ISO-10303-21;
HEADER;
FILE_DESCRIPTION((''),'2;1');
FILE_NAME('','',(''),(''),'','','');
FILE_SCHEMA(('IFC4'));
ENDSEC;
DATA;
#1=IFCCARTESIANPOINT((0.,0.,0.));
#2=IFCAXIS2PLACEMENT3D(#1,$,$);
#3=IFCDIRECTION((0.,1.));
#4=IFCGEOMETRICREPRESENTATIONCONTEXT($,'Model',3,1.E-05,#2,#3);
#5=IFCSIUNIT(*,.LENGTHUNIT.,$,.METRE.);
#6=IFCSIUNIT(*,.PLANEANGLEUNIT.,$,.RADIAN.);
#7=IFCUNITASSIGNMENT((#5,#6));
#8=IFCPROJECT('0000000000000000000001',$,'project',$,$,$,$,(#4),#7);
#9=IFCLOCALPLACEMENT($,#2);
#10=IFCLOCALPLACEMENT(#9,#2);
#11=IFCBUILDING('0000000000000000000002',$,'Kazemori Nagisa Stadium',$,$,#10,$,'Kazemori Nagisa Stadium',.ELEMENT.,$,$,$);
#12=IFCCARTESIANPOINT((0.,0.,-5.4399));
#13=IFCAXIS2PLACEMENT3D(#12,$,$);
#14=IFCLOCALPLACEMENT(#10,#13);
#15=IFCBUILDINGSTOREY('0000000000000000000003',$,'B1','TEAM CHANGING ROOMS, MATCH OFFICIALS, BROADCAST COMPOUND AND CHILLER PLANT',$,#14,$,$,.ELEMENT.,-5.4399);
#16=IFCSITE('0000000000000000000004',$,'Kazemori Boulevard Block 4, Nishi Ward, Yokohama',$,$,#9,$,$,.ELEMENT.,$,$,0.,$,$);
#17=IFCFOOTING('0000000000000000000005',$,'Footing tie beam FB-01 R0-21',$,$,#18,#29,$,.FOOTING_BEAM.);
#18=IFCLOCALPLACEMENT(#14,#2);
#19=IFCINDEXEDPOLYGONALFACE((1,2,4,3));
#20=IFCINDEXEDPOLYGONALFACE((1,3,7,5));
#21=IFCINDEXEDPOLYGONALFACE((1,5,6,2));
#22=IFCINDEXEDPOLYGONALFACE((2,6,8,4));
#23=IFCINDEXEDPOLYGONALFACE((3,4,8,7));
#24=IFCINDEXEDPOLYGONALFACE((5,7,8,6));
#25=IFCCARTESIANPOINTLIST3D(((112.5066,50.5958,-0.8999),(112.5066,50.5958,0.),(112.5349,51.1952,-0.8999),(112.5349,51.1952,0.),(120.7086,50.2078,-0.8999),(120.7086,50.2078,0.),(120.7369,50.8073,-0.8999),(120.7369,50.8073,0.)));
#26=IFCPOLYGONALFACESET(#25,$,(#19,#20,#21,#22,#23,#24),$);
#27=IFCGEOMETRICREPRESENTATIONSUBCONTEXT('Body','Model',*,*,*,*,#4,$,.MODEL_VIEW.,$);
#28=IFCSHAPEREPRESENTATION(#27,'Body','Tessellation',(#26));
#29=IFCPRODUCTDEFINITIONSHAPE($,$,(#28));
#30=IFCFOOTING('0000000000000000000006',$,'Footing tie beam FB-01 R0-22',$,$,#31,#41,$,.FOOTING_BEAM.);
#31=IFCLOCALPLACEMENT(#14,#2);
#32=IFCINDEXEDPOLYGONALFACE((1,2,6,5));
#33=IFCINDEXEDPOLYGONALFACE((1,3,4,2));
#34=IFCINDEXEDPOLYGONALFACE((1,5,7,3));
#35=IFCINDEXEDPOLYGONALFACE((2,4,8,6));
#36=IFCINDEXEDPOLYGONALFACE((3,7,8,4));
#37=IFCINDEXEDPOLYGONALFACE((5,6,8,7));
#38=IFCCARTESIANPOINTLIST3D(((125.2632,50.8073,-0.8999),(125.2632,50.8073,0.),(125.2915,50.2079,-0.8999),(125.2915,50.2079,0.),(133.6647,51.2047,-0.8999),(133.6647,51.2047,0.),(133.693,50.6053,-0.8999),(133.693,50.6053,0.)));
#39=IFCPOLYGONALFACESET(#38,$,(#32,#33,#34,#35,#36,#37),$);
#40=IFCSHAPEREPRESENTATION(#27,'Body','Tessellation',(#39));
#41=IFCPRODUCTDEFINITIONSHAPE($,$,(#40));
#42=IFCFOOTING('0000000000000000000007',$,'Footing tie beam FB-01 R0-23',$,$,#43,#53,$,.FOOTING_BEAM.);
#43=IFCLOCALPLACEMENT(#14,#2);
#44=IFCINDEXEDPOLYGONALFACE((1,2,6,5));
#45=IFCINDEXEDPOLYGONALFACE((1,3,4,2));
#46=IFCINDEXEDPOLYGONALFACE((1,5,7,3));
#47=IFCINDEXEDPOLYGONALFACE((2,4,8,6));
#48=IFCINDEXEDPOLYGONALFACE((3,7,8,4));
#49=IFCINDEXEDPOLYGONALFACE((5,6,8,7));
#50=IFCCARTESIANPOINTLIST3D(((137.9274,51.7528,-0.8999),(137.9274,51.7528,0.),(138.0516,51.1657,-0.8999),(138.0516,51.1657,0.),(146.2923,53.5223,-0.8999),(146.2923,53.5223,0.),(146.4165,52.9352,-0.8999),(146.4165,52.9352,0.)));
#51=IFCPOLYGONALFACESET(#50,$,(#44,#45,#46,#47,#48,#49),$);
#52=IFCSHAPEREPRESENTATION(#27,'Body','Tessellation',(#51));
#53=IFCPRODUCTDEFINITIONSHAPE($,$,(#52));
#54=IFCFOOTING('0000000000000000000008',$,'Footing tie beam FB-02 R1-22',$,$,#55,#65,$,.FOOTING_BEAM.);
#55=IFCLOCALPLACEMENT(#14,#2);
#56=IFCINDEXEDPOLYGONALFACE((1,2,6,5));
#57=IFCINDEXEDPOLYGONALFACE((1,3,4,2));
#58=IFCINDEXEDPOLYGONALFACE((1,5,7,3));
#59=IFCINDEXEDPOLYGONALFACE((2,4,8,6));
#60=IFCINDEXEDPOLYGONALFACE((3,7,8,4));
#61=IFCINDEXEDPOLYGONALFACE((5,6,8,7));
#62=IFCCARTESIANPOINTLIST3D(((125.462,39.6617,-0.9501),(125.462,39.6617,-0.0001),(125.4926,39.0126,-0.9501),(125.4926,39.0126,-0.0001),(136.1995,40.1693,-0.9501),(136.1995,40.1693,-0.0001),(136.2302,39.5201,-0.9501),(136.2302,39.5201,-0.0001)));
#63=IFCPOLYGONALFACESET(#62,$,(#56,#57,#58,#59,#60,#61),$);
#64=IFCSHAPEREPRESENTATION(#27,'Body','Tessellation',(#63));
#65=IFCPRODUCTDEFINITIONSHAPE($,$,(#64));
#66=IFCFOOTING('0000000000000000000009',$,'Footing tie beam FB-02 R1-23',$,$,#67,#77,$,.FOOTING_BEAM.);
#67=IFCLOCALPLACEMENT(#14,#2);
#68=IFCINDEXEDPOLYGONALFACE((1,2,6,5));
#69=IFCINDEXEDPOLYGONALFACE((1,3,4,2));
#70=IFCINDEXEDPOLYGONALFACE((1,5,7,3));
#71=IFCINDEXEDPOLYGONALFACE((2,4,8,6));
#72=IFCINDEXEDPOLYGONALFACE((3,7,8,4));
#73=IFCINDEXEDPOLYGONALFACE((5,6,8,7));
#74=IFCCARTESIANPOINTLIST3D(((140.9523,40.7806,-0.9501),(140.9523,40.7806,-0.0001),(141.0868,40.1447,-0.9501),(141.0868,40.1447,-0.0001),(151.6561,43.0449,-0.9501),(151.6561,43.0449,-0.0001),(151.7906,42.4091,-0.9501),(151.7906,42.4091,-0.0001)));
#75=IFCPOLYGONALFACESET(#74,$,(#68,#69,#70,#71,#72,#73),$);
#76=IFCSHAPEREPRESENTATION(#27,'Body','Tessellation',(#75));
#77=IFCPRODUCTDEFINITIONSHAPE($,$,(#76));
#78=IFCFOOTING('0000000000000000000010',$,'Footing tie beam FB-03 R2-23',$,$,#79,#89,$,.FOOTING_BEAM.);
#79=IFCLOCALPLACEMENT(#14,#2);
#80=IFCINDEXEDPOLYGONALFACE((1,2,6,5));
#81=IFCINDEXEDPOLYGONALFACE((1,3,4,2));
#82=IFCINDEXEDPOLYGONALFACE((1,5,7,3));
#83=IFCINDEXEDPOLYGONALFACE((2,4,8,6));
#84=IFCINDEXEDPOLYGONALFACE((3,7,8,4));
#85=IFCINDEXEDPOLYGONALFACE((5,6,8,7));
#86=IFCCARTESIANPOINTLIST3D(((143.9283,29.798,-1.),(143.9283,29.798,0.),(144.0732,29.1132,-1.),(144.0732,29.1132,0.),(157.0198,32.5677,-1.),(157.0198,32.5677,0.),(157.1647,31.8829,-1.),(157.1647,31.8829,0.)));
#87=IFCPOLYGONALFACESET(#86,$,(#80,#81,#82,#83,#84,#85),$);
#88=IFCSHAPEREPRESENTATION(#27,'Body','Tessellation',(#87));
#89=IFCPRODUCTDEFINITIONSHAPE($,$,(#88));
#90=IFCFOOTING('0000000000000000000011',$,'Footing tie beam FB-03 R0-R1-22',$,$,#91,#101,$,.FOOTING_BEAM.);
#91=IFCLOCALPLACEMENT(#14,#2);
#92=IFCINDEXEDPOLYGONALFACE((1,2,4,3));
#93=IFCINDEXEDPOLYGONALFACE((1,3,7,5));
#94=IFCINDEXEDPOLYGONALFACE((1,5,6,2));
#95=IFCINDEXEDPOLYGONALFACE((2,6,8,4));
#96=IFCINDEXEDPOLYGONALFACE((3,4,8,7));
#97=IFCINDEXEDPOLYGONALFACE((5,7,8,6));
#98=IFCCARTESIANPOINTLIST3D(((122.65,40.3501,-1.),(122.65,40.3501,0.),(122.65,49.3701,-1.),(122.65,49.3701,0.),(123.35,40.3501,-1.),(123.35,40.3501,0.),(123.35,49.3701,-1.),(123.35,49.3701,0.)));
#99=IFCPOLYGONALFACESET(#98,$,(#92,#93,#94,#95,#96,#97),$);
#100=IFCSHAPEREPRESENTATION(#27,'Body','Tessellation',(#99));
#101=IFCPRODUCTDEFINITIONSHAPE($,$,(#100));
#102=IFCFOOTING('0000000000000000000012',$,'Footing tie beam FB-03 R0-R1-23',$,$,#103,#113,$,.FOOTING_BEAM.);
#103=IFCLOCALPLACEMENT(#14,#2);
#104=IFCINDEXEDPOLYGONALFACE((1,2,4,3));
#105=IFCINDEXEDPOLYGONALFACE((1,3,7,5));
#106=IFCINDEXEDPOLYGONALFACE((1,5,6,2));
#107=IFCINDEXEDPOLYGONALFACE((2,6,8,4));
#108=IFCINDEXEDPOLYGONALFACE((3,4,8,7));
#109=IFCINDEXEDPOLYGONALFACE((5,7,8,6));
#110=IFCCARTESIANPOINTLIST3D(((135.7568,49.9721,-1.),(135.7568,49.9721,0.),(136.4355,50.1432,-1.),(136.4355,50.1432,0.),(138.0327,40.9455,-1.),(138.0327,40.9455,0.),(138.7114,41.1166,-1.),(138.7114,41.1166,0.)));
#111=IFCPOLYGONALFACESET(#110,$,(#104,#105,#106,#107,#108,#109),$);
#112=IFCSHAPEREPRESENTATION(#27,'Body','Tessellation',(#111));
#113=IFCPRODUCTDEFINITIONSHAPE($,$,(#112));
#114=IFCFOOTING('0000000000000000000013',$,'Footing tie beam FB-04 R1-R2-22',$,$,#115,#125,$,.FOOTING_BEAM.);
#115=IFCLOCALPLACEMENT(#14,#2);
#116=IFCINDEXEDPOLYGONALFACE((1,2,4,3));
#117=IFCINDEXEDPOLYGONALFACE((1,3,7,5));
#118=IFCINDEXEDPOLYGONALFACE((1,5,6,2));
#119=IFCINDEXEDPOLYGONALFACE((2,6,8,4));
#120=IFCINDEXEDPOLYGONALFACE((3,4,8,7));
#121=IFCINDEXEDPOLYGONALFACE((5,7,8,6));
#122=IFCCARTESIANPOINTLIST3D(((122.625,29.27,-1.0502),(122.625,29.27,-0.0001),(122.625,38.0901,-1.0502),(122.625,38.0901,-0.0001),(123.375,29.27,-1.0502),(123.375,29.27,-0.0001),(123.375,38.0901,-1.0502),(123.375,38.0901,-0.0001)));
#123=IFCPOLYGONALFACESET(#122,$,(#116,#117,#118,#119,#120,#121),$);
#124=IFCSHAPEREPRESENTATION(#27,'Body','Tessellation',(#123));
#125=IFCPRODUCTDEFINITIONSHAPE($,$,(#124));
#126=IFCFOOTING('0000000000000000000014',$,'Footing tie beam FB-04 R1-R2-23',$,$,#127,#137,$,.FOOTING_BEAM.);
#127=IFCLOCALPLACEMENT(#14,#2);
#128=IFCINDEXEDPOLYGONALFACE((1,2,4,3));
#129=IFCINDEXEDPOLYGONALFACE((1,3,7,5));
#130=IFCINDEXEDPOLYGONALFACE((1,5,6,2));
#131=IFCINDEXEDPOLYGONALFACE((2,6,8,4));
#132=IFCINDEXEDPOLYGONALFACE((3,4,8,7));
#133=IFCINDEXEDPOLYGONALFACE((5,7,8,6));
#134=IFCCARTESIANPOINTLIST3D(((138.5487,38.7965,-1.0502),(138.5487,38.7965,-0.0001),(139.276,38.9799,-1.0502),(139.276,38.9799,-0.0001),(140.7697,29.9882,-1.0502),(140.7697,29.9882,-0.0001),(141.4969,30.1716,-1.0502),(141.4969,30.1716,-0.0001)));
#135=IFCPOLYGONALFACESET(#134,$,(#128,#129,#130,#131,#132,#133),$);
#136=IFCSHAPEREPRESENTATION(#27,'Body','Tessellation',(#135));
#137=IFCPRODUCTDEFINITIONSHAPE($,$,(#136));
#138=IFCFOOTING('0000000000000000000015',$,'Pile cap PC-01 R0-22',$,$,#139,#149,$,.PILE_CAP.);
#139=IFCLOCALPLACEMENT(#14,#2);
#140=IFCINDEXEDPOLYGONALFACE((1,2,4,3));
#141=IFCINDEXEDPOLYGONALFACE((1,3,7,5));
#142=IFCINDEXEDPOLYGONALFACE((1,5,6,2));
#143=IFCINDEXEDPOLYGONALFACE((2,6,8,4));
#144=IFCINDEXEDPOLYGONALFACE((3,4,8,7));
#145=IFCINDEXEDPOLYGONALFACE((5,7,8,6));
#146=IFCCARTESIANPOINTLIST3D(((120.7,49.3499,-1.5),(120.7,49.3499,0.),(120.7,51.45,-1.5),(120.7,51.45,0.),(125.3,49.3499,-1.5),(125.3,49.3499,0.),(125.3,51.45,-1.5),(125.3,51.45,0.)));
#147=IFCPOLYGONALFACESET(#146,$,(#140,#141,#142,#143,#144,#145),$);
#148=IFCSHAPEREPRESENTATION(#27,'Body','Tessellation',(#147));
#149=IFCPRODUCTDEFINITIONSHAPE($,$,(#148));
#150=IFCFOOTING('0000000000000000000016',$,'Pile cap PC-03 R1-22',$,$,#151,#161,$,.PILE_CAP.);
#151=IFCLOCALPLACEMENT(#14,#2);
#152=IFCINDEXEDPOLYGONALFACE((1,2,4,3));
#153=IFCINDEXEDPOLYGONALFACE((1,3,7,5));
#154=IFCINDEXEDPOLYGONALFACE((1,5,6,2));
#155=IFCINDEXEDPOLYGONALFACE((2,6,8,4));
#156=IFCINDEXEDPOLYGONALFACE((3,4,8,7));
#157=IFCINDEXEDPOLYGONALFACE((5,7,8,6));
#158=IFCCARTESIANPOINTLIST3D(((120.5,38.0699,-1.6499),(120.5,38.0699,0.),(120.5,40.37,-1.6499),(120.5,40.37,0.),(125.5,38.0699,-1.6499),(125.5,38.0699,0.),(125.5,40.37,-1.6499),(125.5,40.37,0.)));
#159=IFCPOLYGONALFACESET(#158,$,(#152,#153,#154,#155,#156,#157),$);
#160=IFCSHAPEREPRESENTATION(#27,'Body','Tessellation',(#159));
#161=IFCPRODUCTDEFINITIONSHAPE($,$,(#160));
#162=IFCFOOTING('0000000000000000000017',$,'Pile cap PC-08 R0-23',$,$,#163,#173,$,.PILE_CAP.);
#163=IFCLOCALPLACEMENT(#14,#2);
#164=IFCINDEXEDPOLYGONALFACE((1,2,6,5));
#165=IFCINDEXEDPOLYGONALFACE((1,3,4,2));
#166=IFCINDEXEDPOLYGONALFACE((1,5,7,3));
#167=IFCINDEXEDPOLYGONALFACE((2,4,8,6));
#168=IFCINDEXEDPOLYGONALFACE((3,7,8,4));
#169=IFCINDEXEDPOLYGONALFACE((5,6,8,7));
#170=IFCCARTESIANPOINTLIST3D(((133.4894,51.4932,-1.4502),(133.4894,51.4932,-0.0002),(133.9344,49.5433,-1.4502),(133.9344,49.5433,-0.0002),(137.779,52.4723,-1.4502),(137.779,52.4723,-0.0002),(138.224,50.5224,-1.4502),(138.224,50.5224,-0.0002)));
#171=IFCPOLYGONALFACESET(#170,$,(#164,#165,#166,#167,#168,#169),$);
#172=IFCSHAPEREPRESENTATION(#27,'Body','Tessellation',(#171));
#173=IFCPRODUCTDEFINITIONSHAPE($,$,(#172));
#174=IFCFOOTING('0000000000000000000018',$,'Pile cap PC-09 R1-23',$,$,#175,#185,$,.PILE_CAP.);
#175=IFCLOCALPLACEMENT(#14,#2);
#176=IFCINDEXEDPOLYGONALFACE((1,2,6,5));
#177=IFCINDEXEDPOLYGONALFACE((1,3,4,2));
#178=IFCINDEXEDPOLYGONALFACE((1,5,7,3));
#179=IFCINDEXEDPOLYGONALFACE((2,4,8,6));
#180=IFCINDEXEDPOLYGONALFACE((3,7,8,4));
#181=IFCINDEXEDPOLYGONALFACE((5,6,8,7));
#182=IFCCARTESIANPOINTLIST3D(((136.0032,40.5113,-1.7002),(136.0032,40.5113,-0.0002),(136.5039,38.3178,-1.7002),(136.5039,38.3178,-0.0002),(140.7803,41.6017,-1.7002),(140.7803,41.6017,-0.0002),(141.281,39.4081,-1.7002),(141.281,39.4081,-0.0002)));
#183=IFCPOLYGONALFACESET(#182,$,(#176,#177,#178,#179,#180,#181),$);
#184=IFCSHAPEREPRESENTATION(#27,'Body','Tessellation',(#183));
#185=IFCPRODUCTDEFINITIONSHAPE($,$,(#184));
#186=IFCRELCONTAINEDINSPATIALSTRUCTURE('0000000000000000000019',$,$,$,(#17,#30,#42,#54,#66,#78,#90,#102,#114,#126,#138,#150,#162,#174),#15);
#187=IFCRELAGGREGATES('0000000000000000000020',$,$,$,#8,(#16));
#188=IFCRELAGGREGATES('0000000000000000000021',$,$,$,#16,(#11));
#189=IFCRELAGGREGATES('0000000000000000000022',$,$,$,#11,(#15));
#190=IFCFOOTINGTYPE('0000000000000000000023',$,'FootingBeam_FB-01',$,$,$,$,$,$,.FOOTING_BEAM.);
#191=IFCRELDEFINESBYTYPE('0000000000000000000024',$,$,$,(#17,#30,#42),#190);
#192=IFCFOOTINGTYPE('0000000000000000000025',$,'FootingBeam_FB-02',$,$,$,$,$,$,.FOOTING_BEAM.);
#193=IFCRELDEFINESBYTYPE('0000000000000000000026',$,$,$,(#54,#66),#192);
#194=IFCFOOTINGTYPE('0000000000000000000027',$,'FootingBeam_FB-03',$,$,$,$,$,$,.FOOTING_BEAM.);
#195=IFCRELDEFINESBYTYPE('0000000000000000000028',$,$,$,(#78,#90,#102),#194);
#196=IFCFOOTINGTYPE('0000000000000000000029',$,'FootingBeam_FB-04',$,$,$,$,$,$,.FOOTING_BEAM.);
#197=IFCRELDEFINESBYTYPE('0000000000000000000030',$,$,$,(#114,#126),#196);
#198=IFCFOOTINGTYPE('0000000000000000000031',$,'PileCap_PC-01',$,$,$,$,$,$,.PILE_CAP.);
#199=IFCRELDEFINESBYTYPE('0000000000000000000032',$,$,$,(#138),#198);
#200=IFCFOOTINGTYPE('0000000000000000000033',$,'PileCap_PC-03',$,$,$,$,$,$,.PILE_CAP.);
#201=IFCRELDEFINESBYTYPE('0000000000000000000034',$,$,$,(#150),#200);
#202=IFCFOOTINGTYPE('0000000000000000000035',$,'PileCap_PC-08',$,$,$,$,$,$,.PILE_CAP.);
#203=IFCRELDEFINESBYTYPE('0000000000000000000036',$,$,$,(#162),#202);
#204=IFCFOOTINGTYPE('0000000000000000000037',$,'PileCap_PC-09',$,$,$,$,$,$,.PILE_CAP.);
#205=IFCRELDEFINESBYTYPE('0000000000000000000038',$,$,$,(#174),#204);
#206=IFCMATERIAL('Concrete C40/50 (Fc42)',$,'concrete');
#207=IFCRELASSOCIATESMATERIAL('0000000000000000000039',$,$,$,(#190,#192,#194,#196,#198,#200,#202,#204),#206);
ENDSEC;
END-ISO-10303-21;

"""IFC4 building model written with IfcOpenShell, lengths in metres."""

from ifc_helpers import new_model, si_unit, direction, frame, origin, origin_2d, place, context, subcontext, project, spatial, rectangle, extrude, material, material_profile, profile_set, type_object, element, save


model = new_model("IFC4")

# Units and contexts
model_context = context("Model", 3, precision=1e-05, world=origin(), true_north=direction((0.0, 1.0)))
body_context = subcontext(model_context, "Body", "Model", "MODEL_VIEW")
ifc_project = project(units=[si_unit("LENGTHUNIT", "METRE"), si_unit("PLANEANGLEUNIT", "RADIAN")], contexts=[model_context])

# Site, building, storey
site_placement = place(None, origin())
site = spatial("IfcSite", under=ifc_project, at=site_placement, Name="Kazemori Boulevard Block 4, Nishi Ward, Yokohama", CompositionType="ELEMENT", RefElevation=0.0)
building_placement = place(site_placement, origin())
building = spatial("IfcBuilding", under=site, at=building_placement, Name="Kazemori Nagisa Stadium", LongName="Kazemori Nagisa Stadium", CompositionType="ELEMENT")
storey_placement = place(building_placement, frame((0.0, 0.0, -5.4399)))
storey = spatial("IfcBuildingStorey", under=building, at=storey_placement, Name="B1", Description="TEAM CHANGING ROOMS, MATCH OFFICIALS, BROADCAST COMPOUND AND CHILLER PLANT", CompositionType="ELEMENT", Elevation=-5.4399)

# Footings
ifc_material_1 = material(Name="Concrete C40/50 (Fc42)", Category="concrete")
ifc_material_profile_1 = material_profile(ifc_material_1, rectangle(XDim=0.6001, YDim=0.8999, at=origin_2d()), Name="RC-FB-600x900")
ifc_profile_set_1 = profile_set([ifc_material_profile_1], Name="Concrete C40/50 (Fc42)")
footing_type_1 = type_object("IfcFootingType", Name="FootingBeam_FB-01", PredefinedType="FOOTING_BEAM", material=ifc_profile_set_1)
footing_1_placement = place(storey_placement, frame((112.5208, 50.8955, -0.45), z_axis=(0.998883, -0.047246, 0.0), x_axis=(0.047246, 0.998883, 0.0)))
element("IfcFooting", 1, at=footing_1_placement, inside=storey, type_object=footing_type_1, Name="Footing tie beam FB-01 R0-21", PredefinedType="FOOTING_BEAM", context=body_context, shape_type="SweptSolid", body=[
    extrude(rectangle(XDim=0.6001, YDim=0.8999, at=origin_2d()), origin(), (0.0, 0.0, 1.0), 8.2112),
])
footing_2_placement = place(storey_placement, frame((125.2773, 50.5076, -0.45), z_axis=(0.998883, 0.047255, 0.0), x_axis=(-0.047255, 0.998883, 0.0)))
element("IfcFooting", 2, at=footing_2_placement, inside=storey, type_object=footing_type_1, Name="Footing tie beam FB-01 R0-22", PredefinedType="FOOTING_BEAM", context=body_context, shape_type="SweptSolid", body=[
    extrude(rectangle(XDim=0.6001, YDim=0.8999, at=origin_2d()), origin(), (0.0, 0.0, 1.0), 8.4109),
])
footing_3_placement = place(storey_placement, frame((137.9895, 51.4592, -0.45), z_axis=(0.978349, 0.20696, 0.0), x_axis=(-0.20696, 0.978349, 0.0)))
element("IfcFooting", 3, at=footing_3_placement, inside=storey, type_object=footing_type_1, Name="Footing tie beam FB-01 R0-23", PredefinedType="FOOTING_BEAM", context=body_context, shape_type="SweptSolid", body=[
    extrude(rectangle(XDim=0.6001, YDim=0.8999, at=origin_2d()), origin(), (0.0, 0.0, 1.0), 8.55),
])
ifc_material_profile_2 = material_profile(ifc_material_1, rectangle(XDim=0.6499, YDim=0.95, at=origin_2d()), Name="RC-FB-650x950")
ifc_profile_set_2 = profile_set([ifc_material_profile_2], Name="Concrete C40/50 (Fc42)")
footing_type_2 = type_object("IfcFootingType", Name="FootingBeam_FB-02", PredefinedType="FOOTING_BEAM", material=ifc_profile_set_2)
footing_4_placement = place(storey_placement, frame((125.4773, 39.3372, -0.4751), z_axis=(0.998885, 0.047218, 0.0), x_axis=(-0.047218, 0.998885, 0.0)))
element("IfcFooting", 4, at=footing_4_placement, inside=storey, type_object=footing_type_2, Name="Footing tie beam FB-02 R1-22", PredefinedType="FOOTING_BEAM", context=body_context, shape_type="SweptSolid", body=[
    extrude(rectangle(XDim=0.6499, YDim=0.95, at=origin_2d()), origin(), (0.0, 0.0, 1.0), 10.7495),
])
footing_5_placement = place(storey_placement, frame((141.0195, 40.4626, -0.4751), z_axis=(0.978347, 0.20697, 0.0), x_axis=(-0.20697, 0.978347, 0.0)))
element("IfcFooting", 5, at=footing_5_placement, inside=storey, type_object=footing_type_2, Name="Footing tie beam FB-02 R1-23", PredefinedType="FOOTING_BEAM", context=body_context, shape_type="SweptSolid", body=[
    extrude(rectangle(XDim=0.6499, YDim=0.95, at=origin_2d()), origin(), (0.0, 0.0, 1.0), 10.9407),
])
ifc_material_profile_3 = material_profile(ifc_material_1, rectangle(XDim=0.7, YDim=1.0, at=origin_2d()), Name="RC-FB-700x1000")
ifc_profile_set_3 = profile_set([ifc_material_profile_3], Name="Concrete C40/50 (Fc42)")
footing_type_3 = type_object("IfcFootingType", Name="FootingBeam_FB-03", PredefinedType="FOOTING_BEAM", material=ifc_profile_set_3)
footing_6_placement = place(storey_placement, frame((144.0007, 29.4556, -0.5), z_axis=(0.978344, 0.206988, 0.0), x_axis=(-0.206988, 0.978344, 0.0)))
element("IfcFooting", 6, at=footing_6_placement, inside=storey, type_object=footing_type_3, Name="Footing tie beam FB-03 R2-23", PredefinedType="FOOTING_BEAM", context=body_context, shape_type="SweptSolid", body=[
    extrude(rectangle(XDim=0.7, YDim=1.0, at=origin_2d()), origin(), (0.0, 0.0, 1.0), 13.3813),
])
footing_7_placement = place(storey_placement, frame((123.0, 49.3701, -0.5), z_axis=(0.0, -1.0, 0.0), x_axis=(1.0, 0.0, 0.0)))
element("IfcFooting", 7, at=footing_7_placement, inside=storey, type_object=footing_type_3, Name="Footing tie beam FB-03 R0-R1-22", PredefinedType="FOOTING_BEAM", context=body_context, shape_type="SweptSolid", body=[
    extrude(rectangle(XDim=0.7, YDim=1.0, at=origin_2d()), origin(), (0.0, 0.0, 1.0), 9.02),
])
footing_8_placement = place(storey_placement, frame((136.0962, 50.0576, -0.5), z_axis=(0.244479, -0.969655, 0.0), x_axis=(0.969655, 0.244479, 0.0)))
element("IfcFooting", 8, at=footing_8_placement, inside=storey, type_object=footing_type_3, Name="Footing tie beam FB-03 R0-R1-23", PredefinedType="FOOTING_BEAM", context=body_context, shape_type="SweptSolid", body=[
    extrude(rectangle(XDim=0.7, YDim=1.0, at=origin_2d()), origin(), (0.0, 0.0, 1.0), 9.3091),
])
ifc_material_profile_4 = material_profile(ifc_material_1, rectangle(XDim=0.75, YDim=1.05, at=origin_2d()), Name="RC-FB-750x1050")
ifc_profile_set_4 = profile_set([ifc_material_profile_4], Name="Concrete C40/50 (Fc42)")
footing_type_4 = type_object("IfcFootingType", Name="FootingBeam_FB-04", PredefinedType="FOOTING_BEAM", material=ifc_profile_set_4)
footing_9_placement = place(storey_placement, frame((123.0, 38.0901, -0.5251), z_axis=(0.0, -1.0, 0.0), x_axis=(1.0, 0.0, 0.0)))
element("IfcFooting", 9, at=footing_9_placement, inside=storey, type_object=footing_type_4, Name="Footing tie beam FB-04 R1-R2-22", PredefinedType="FOOTING_BEAM", context=body_context, shape_type="SweptSolid", body=[
    extrude(rectangle(XDim=0.75, YDim=1.05, at=origin_2d()), origin(), (0.0, 0.0, 1.0), 8.8201),
])
footing_10_placement = place(storey_placement, frame((138.9124, 38.8882, -0.5251), z_axis=(0.244489, -0.969652, 0.0), x_axis=(0.969652, 0.244489, 0.0)))
element("IfcFooting", 10, at=footing_10_placement, inside=storey, type_object=footing_type_4, Name="Footing tie beam FB-04 R1-R2-23", PredefinedType="FOOTING_BEAM", context=body_context, shape_type="SweptSolid", body=[
    extrude(rectangle(XDim=0.75, YDim=1.05, at=origin_2d()), origin(), (0.0, 0.0, 1.0), 9.084),
])
footing_type_5 = type_object("IfcFootingType", Name="PileCap_PC-01", PredefinedType="PILE_CAP", material=ifc_material_1)
footing_11_placement = place(storey_placement, frame((123.0, 50.3999, -1.5), z_axis=(0.0, 0.0, 1.0), x_axis=(1.0, 0.0, 0.0)))
element("IfcFooting", 11, at=footing_11_placement, inside=storey, type_object=footing_type_5, Name="Pile cap PC-01 R0-22", PredefinedType="PILE_CAP", context=body_context, shape_type="SweptSolid", body=[
    extrude(rectangle(XDim=4.6001, YDim=2.1001, at=origin_2d()), origin(), (0.0, 0.0, 1.0), 1.5),
])
footing_type_6 = type_object("IfcFootingType", Name="PileCap_PC-03", PredefinedType="PILE_CAP", material=ifc_material_1)
footing_12_placement = place(storey_placement, frame((123.0, 39.22, -1.6499), z_axis=(0.0, 0.0, 1.0), x_axis=(1.0, 0.0, 0.0)))
element("IfcFooting", 12, at=footing_12_placement, inside=storey, type_object=footing_type_6, Name="Pile cap PC-03 R1-22", PredefinedType="PILE_CAP", context=body_context, shape_type="SweptSolid", body=[
    extrude(rectangle(XDim=5.0, YDim=2.3, at=origin_2d()), origin(), (0.0, 0.0, 1.0), 1.6499),
])
footing_type_7 = type_object("IfcFootingType", Name="PileCap_PC-08", PredefinedType="PILE_CAP", material=ifc_material_1)
footing_13_placement = place(storey_placement, frame((135.8567, 51.0078, -1.4502), z_axis=(0.0, 0.0, 1.0), x_axis=(0.974928, 0.222521, 0.0)))
element("IfcFooting", 13, at=footing_13_placement, inside=storey, type_object=footing_type_7, Name="Pile cap PC-08 R0-23", PredefinedType="PILE_CAP", context=body_context, shape_type="SweptSolid", body=[
    extrude(rectangle(XDim=4.3999, YDim=2.0, at=origin_2d()), origin(), (0.0, 0.0, 1.0), 1.45),
])
footing_type_8 = type_object("IfcFootingType", Name="PileCap_PC-09", PredefinedType="PILE_CAP", material=ifc_material_1)
footing_14_placement = place(storey_placement, frame((138.6421, 39.9597, -1.7002), z_axis=(0.0, 0.0, 1.0), x_axis=(0.974928, 0.222521, 0.0)))
element("IfcFooting", 14, at=footing_14_placement, inside=storey, type_object=footing_type_8, Name="Pile cap PC-09 R1-23", PredefinedType="PILE_CAP", context=body_context, shape_type="SweptSolid", body=[
    extrude(rectangle(XDim=4.8999, YDim=2.25, at=origin_2d()), origin(), (0.0, 0.0, 1.0), 1.7),
])

save(model, "model.ifc")
